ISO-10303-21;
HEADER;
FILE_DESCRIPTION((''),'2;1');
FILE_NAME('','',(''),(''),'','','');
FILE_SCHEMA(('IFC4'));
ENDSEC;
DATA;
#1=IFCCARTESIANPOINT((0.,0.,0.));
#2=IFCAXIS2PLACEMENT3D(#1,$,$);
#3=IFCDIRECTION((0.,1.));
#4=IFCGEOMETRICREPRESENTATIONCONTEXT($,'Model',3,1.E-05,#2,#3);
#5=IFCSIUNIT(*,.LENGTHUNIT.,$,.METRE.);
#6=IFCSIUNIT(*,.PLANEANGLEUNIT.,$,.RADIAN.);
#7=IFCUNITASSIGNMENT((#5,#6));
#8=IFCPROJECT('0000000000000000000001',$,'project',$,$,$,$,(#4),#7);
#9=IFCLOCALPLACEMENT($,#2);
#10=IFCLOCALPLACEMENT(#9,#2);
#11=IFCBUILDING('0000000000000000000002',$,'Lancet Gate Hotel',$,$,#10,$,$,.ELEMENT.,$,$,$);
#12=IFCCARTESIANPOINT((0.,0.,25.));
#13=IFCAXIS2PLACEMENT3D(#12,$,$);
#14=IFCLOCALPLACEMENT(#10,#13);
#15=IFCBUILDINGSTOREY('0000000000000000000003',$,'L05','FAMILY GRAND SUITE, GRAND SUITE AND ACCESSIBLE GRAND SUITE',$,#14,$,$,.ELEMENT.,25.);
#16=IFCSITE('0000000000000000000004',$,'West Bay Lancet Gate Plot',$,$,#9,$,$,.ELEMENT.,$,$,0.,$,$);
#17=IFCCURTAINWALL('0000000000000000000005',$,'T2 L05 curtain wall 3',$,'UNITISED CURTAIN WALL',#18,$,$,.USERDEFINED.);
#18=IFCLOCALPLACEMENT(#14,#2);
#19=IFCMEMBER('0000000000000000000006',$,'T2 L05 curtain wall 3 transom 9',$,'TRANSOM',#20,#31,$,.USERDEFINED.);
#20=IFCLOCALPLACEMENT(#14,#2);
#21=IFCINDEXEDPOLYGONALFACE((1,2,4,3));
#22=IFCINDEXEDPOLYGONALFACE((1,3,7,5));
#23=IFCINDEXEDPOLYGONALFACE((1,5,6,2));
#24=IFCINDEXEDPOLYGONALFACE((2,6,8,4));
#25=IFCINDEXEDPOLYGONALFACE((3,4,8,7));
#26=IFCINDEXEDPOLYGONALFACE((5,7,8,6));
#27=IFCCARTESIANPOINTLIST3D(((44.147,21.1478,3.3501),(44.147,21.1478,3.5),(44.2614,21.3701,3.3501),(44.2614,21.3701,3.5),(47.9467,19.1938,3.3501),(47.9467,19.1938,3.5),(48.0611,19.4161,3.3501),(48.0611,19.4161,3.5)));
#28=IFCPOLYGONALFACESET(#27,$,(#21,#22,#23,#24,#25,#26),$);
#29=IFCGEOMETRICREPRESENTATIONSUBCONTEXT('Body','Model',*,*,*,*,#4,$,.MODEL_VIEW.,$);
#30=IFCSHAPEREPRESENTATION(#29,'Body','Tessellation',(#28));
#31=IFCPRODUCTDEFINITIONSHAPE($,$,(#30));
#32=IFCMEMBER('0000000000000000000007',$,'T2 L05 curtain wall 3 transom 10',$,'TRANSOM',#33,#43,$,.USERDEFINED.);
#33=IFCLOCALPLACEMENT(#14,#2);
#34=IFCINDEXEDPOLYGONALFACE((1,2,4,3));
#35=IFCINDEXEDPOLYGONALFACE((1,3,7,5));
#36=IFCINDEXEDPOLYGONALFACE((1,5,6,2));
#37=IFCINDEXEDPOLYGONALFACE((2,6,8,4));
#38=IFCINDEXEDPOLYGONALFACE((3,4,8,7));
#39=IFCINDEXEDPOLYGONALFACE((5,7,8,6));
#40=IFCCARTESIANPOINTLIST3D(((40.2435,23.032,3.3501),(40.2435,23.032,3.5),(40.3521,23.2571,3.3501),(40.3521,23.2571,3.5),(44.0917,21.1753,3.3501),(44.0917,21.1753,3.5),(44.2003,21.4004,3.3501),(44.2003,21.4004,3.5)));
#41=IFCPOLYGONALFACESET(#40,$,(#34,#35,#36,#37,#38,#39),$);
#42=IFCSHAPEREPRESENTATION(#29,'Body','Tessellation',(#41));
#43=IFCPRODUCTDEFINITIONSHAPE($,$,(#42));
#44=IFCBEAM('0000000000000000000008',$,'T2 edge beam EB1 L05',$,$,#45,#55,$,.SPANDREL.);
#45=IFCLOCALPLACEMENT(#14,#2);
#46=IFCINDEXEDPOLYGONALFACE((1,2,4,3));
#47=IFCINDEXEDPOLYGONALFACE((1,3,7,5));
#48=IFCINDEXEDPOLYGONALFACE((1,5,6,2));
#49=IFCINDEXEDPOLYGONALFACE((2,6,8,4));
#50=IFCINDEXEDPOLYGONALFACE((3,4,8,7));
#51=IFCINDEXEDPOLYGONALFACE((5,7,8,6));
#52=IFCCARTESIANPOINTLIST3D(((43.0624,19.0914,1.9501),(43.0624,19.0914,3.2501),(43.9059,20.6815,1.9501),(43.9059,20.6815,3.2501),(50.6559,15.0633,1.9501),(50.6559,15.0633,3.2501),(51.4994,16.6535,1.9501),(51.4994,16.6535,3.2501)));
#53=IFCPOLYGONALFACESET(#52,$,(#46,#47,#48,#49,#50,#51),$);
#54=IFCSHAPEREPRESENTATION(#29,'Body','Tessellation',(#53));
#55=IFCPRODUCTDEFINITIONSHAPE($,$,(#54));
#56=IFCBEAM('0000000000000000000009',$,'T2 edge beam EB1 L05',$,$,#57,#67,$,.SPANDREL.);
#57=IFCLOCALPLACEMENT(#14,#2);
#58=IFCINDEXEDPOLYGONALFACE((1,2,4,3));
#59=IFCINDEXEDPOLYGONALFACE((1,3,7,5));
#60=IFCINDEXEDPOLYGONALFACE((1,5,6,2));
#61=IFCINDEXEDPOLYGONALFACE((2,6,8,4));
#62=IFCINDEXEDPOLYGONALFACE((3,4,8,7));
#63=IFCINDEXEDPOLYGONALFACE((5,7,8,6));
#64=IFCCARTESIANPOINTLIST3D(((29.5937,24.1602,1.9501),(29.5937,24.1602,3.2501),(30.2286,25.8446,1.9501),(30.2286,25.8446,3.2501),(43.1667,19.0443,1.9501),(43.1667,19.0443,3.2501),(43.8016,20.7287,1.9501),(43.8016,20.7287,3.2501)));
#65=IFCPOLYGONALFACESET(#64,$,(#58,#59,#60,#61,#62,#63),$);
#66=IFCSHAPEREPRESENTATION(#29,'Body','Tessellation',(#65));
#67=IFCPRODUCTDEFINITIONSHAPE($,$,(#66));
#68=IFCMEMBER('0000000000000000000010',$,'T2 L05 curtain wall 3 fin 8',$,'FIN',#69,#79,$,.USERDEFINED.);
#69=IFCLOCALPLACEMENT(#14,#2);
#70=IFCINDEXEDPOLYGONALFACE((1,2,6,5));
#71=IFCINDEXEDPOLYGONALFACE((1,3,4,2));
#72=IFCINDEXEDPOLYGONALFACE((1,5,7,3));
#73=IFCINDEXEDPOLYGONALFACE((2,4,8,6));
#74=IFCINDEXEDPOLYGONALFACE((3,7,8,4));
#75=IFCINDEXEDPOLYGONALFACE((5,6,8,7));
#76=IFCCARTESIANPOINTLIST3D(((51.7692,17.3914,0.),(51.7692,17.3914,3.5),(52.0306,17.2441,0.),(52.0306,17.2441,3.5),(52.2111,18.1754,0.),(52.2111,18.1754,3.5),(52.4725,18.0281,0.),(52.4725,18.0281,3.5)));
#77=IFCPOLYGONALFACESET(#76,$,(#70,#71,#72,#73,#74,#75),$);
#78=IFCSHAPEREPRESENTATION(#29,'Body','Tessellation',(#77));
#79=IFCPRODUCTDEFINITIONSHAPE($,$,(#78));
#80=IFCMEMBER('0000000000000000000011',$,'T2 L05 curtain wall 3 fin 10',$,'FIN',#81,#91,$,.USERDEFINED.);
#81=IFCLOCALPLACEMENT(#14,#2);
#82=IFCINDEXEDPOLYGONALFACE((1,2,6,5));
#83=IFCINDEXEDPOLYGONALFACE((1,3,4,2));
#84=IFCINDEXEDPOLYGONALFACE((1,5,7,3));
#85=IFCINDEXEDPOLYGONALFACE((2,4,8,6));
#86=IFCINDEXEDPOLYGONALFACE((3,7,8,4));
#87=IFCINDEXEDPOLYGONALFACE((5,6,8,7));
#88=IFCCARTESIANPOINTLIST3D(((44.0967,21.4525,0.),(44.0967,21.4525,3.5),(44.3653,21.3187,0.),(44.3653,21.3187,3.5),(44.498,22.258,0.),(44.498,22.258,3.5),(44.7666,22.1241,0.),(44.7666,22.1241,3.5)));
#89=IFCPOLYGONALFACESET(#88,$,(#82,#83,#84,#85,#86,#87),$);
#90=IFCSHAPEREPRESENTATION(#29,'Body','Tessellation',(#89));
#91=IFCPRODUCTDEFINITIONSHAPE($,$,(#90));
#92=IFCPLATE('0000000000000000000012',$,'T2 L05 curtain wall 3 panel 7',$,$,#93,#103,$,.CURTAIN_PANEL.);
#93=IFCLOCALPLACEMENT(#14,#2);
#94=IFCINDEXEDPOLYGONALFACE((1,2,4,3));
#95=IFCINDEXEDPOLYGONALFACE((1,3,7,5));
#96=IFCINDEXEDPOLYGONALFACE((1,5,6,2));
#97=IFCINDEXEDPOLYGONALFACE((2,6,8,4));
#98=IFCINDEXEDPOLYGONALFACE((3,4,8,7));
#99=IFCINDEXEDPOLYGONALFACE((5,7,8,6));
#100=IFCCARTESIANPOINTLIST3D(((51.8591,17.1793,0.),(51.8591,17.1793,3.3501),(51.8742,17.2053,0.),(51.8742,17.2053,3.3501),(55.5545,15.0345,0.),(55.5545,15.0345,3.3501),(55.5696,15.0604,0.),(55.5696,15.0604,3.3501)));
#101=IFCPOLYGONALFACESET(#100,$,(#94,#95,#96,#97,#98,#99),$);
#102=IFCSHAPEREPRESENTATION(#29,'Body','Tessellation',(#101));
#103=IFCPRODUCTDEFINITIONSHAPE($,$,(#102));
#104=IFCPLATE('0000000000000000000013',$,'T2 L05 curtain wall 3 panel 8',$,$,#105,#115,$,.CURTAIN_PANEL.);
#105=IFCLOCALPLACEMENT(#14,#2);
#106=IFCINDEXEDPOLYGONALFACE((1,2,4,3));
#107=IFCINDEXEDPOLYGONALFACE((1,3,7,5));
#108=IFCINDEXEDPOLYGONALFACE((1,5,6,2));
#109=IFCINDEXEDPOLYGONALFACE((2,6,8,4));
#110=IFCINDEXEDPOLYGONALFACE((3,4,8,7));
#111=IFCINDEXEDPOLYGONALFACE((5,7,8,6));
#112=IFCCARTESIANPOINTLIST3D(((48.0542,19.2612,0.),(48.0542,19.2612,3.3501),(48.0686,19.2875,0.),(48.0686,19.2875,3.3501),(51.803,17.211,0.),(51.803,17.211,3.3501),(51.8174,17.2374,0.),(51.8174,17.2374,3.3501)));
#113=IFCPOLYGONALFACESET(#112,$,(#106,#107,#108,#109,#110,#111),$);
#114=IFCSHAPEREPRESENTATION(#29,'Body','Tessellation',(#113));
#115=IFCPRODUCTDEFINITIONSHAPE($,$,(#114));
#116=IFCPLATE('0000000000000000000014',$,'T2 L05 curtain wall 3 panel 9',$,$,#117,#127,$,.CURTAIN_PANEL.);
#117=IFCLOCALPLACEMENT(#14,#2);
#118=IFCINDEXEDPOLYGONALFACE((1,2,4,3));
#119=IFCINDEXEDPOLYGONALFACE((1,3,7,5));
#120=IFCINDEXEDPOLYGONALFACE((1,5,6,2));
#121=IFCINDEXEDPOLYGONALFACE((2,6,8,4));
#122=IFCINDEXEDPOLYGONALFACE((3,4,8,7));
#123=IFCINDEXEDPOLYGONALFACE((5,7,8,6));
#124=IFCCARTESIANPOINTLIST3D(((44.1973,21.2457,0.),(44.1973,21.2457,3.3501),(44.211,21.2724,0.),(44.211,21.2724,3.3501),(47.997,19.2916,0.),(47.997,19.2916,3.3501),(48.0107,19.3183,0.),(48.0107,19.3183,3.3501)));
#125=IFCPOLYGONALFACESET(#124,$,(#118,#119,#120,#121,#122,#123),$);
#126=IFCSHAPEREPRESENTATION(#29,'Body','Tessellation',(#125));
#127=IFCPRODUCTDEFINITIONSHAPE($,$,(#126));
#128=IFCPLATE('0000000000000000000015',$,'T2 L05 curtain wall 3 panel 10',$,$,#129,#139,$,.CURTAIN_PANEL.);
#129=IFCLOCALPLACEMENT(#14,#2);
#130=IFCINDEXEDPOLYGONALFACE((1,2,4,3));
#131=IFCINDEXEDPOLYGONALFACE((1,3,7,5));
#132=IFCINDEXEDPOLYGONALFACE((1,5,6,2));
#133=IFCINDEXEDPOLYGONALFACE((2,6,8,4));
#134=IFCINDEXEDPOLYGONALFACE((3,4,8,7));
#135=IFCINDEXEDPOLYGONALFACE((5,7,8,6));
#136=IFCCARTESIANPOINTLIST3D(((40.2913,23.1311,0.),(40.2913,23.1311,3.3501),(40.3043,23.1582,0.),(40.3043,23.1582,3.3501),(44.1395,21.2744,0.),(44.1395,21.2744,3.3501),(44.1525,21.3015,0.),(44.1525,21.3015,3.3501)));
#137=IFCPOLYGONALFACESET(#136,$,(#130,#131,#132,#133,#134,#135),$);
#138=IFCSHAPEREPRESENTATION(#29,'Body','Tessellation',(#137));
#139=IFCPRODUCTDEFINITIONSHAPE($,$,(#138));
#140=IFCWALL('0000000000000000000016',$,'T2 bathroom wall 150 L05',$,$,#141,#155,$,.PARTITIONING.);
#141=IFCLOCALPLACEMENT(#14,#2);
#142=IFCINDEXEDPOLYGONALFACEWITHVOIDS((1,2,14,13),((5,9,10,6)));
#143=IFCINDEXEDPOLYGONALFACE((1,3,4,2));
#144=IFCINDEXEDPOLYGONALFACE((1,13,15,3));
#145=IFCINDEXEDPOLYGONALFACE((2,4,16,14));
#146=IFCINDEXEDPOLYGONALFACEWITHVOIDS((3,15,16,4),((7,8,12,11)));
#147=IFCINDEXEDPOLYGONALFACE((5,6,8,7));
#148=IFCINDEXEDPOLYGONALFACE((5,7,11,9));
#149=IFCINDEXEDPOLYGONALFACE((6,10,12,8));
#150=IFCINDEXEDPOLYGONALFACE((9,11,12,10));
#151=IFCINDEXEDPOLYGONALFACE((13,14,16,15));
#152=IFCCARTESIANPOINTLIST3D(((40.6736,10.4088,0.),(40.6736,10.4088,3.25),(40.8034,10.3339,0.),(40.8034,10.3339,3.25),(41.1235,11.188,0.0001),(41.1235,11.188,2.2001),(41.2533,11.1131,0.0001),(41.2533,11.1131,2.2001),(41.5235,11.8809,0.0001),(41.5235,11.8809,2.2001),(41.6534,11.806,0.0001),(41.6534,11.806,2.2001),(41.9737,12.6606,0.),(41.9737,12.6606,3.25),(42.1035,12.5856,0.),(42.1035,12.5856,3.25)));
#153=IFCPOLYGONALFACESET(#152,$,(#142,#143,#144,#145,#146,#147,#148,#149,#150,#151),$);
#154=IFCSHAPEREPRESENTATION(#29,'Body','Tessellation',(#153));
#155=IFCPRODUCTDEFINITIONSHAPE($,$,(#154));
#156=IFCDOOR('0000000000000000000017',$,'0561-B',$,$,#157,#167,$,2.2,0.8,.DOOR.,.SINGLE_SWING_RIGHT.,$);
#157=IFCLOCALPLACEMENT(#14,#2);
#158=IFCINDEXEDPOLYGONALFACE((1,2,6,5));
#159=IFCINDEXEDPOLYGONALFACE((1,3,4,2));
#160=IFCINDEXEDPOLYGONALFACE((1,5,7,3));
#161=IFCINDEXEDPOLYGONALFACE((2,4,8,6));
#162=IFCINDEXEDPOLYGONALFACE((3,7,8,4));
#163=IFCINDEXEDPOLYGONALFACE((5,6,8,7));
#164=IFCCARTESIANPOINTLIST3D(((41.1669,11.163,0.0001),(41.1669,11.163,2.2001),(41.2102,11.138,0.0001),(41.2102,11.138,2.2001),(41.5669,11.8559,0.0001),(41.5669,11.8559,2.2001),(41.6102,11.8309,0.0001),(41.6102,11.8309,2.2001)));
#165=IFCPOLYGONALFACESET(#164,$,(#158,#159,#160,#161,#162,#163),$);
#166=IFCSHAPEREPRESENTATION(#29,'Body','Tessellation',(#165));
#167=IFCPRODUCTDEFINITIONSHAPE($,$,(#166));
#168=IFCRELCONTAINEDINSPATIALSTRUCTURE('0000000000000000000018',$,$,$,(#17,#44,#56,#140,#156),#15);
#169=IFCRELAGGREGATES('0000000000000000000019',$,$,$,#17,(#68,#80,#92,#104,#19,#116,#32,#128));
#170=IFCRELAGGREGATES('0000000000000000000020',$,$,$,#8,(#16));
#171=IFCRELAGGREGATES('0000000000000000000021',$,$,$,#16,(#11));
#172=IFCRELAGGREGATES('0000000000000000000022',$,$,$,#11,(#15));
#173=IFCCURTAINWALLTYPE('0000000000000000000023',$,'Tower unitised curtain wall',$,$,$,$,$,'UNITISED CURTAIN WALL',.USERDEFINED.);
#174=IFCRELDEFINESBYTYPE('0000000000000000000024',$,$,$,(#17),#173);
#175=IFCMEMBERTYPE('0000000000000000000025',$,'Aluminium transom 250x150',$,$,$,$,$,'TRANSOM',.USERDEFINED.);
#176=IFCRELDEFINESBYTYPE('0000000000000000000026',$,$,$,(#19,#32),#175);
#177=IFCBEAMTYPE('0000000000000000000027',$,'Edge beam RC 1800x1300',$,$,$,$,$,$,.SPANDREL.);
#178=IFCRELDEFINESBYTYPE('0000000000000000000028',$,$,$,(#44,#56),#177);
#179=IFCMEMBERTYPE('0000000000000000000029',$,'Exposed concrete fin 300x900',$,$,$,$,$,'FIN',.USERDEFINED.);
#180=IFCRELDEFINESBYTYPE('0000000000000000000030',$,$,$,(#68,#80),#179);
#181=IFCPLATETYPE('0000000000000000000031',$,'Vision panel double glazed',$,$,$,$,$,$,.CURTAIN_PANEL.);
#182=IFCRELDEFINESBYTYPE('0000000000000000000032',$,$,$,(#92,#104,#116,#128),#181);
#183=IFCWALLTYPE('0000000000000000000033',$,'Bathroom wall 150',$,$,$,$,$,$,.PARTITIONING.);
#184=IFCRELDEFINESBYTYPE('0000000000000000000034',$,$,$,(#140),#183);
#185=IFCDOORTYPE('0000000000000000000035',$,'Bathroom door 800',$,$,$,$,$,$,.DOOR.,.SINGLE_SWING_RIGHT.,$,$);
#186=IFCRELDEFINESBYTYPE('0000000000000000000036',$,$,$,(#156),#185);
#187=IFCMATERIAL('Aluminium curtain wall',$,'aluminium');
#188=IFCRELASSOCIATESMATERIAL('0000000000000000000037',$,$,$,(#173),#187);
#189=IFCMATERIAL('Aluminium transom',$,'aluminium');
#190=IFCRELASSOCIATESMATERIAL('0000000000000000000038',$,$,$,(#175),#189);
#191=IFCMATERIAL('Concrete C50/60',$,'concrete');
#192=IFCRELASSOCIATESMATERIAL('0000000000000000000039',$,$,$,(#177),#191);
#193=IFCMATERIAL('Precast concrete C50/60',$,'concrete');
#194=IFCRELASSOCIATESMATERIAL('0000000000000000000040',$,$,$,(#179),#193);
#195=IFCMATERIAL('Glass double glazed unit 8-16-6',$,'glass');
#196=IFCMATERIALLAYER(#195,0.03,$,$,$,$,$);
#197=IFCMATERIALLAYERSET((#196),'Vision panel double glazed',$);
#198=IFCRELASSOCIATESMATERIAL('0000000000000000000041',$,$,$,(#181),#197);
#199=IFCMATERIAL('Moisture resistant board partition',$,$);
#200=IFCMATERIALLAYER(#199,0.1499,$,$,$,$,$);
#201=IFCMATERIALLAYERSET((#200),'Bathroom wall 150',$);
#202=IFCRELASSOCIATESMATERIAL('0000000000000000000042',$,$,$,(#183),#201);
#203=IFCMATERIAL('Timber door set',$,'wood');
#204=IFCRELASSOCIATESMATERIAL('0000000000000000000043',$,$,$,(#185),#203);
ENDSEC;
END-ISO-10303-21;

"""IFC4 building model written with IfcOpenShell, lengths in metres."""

from ifc_helpers import new_model, si_unit, direction, frame, frame_2d, origin, origin_2d, place, context, subcontext, project, spatial, rectangle, extrude, material, layer, layer_set, material_profile, profile_set, type_object, element, fill, aggregate, save


model = new_model("IFC4")

# Units and contexts
model_context = context("Model", 3, precision=1e-05, world=origin(), true_north=direction((0.0, 1.0)))
body_context = subcontext(model_context, "Body", "Model", "MODEL_VIEW")
ifc_project = project(units=[si_unit("LENGTHUNIT", "METRE"), si_unit("PLANEANGLEUNIT", "RADIAN")], contexts=[model_context])

# Site, building, storey
site_placement = place(None, origin())
site = spatial("IfcSite", under=ifc_project, at=site_placement, Name="West Bay Lancet Gate Plot", CompositionType="ELEMENT", RefElevation=0.0)
building_placement = place(site_placement, origin())
building = spatial("IfcBuilding", under=site, at=building_placement, Name="Lancet Gate Hotel", CompositionType="ELEMENT")
storey_placement = place(building_placement, frame((0.0, 0.0, 25.0)))
storey = spatial("IfcBuildingStorey", under=building, at=storey_placement, Name="L05", Description="FAMILY GRAND SUITE, GRAND SUITE AND ACCESSIBLE GRAND SUITE", CompositionType="ELEMENT", Elevation=25.0)

# Curtain wall, members
ifc_material_1 = material(Name="Aluminium curtain wall", Category="aluminium")
curtain_wall_type = type_object("IfcCurtainWallType", Name="Tower unitised curtain wall", ElementType="UNITISED CURTAIN WALL", PredefinedType="USERDEFINED", material=ifc_material_1)
curtain_wall_placement = place(storey_placement, origin())
curtain_wall = element("IfcCurtainWall", 1, at=curtain_wall_placement, inside=storey, type_object=curtain_wall_type, Name="T2 L05 curtain wall 3", ObjectType="UNITISED CURTAIN WALL", PredefinedType="USERDEFINED")
ifc_material_2 = material(Name="Aluminium transom", Category="aluminium")
ifc_material_profile_1 = material_profile(ifc_material_2, rectangle(XDim=0.25, YDim=0.1499, at=origin_2d()), Name="TRANSOM 250x150")
ifc_profile_set_1 = profile_set([ifc_material_profile_1], Name="Aluminium transom")
member_type_1 = type_object("IfcMemberType", Name="Aluminium transom 250x150", ElementType="TRANSOM", PredefinedType="USERDEFINED", material=ifc_profile_set_1)
member_1_placement = place(storey_placement, frame((48.0039, 19.3049, 3.425), z_axis=(-0.889296, 0.457333, 0.0), x_axis=(-0.457333, -0.889296, 0.0)))
member_1 = element("IfcMember", 2, at=member_1_placement, type_object=member_type_1, Name="T2 L05 curtain wall 3 transom 9", ObjectType="TRANSOM", PredefinedType="USERDEFINED", context=body_context, shape_type="SweptSolid", body=[
    extrude(rectangle(XDim=0.25, YDim=0.1499, at=origin_2d()), origin(), (0.0, 0.0, 1.0), 4.2727),
])
member_2_placement = place(storey_placement, frame((44.146, 21.2878, 3.425), z_axis=(-0.900646, 0.434553, 0.0), x_axis=(-0.434553, -0.900646, 0.0)))
member_2 = element("IfcMember", 3, at=member_2_placement, type_object=member_type_1, Name="T2 L05 curtain wall 3 transom 10", ObjectType="TRANSOM", PredefinedType="USERDEFINED", context=body_context, shape_type="SweptSolid", body=[
    extrude(rectangle(XDim=0.25, YDim=0.1499, at=origin_2d()), origin(), (0.0, 0.0, 1.0), 4.2727),
])

# Beams
ifc_material_3 = material(Name="Concrete C50/60", Category="concrete")
ifc_material_profile_2 = material_profile(ifc_material_3, rectangle(XDim=1.8, YDim=1.3, at=origin_2d()), Name="RC 1800x1300")
ifc_profile_set_2 = profile_set([ifc_material_profile_2], Name="Concrete C50/60")
beam_type = type_object("IfcBeamType", Name="Edge beam RC 1800x1300", PredefinedType="SPANDREL", material=ifc_profile_set_2)
beam_1_placement = place(storey_placement, frame((51.0776, 15.8584, 2.6001), z_axis=(-0.883403, 0.468613, 0.0), x_axis=(-0.468613, -0.883403, 0.0)))
element("IfcBeam", 4, at=beam_1_placement, inside=storey, type_object=beam_type, Name="T2 edge beam EB1 L05", PredefinedType="SPANDREL", context=body_context, shape_type="SweptSolid", body=[
    extrude(rectangle(XDim=1.8, YDim=1.3, at=origin_2d()), origin(), (0.0, 0.0, 1.0), 8.5957),
])
beam_2_placement = place(storey_placement, frame((43.4841, 19.8865, 2.6001), z_axis=(-0.935736, 0.3527, 0.0), x_axis=(-0.3527, -0.935736, 0.0)))
element("IfcBeam", 5, at=beam_2_placement, inside=storey, type_object=beam_type, Name="T2 edge beam EB1 L05", PredefinedType="SPANDREL", context=body_context, shape_type="SweptSolid", body=[
    extrude(rectangle(XDim=1.8, YDim=1.3, at=origin_2d()), origin(), (0.0, 0.0, 1.0), 14.5051),
])

# Members
ifc_material_4 = material(Name="Precast concrete C50/60", Category="concrete")
ifc_material_profile_3 = material_profile(ifc_material_4, rectangle(XDim=0.3, YDim=0.8999, at=origin_2d()), Name="FIN 300x900")
ifc_profile_set_3 = profile_set([ifc_material_profile_3], Name="Precast concrete C50/60")
member_type_2 = type_object("IfcMemberType", Name="Exposed concrete fin 300x900", ElementType="FIN", PredefinedType="USERDEFINED", material=ifc_profile_set_3)
member_3_placement = place(storey_placement, frame((52.1208, 17.7097, 0.0), z_axis=(0.0, 0.0, 1.0), x_axis=(-0.87119, 0.490945, 0.0)))
member_3 = element("IfcMember", 6, at=member_3_placement, type_object=member_type_2, Name="T2 L05 curtain wall 3 fin 8", ObjectType="FIN", PredefinedType="USERDEFINED", context=body_context, shape_type="SweptSolid", body=[
    extrude(rectangle(XDim=0.3, YDim=0.8999, at=origin_2d()), origin(), (0.0, 0.0, 1.0), 3.5),
])
member_4_placement = place(storey_placement, frame((44.4316, 21.7883, 0.0), z_axis=(0.0, 0.0, 1.0), x_axis=(-0.895044, 0.445978, 0.0)))
member_4 = element("IfcMember", 7, at=member_4_placement, type_object=member_type_2, Name="T2 L05 curtain wall 3 fin 10", ObjectType="FIN", PredefinedType="USERDEFINED", context=body_context, shape_type="SweptSolid", body=[
    extrude(rectangle(XDim=0.3, YDim=0.8999, at=origin_2d()), origin(), (0.0, 0.0, 1.0), 3.5),
])

# Plates
ifc_material_5 = material(Name="Glass double glazed unit 8-16-6", Category="glass")
ifc_layer_1 = layer(ifc_material_5, 0.03)
ifc_layer_set_1 = layer_set([ifc_layer_1], Name="Vision panel double glazed")
plate_type = type_object("IfcPlateType", Name="Vision panel double glazed", PredefinedType="CURTAIN_PANEL", material=ifc_layer_set_1)
plate_1_placement = place(storey_placement, frame((53.7144, 16.1199, 0.0), z_axis=(0.0, 0.0, 1.0), x_axis=(-0.864872, 0.501993, 0.0)))
plate_1 = element("IfcPlate", 8, at=plate_1_placement, type_object=plate_type, Name="T2 L05 curtain wall 3 panel 7", PredefinedType="CURTAIN_PANEL", context=body_context, shape_type="SweptSolid", body=[
    extrude(rectangle(XDim=4.2727, YDim=0.03, at=origin_2d()), origin(), (0.0, 0.0, 1.0), 3.3501),
])
plate_2_placement = place(storey_placement, frame((49.9358, 18.2493, 0.0), z_axis=(0.0, 0.0, 1.0), x_axis=(-0.877368, 0.479818, 0.0)))
plate_2 = element("IfcPlate", 9, at=plate_2_placement, type_object=plate_type, Name="T2 L05 curtain wall 3 panel 8", PredefinedType="CURTAIN_PANEL", context=body_context, shape_type="SweptSolid", body=[
    extrude(rectangle(XDim=4.2727, YDim=0.03, at=origin_2d()), origin(), (0.0, 0.0, 1.0), 3.3501),
])
plate_3_placement = place(storey_placement, frame((46.104, 20.282, 0.0), z_axis=(0.0, 0.0, 1.0), x_axis=(-0.889296, 0.457332, 0.0)))
plate_3 = element("IfcPlate", 10, at=plate_3_placement, type_object=plate_type, Name="T2 L05 curtain wall 3 panel 9", PredefinedType="CURTAIN_PANEL", context=body_context, shape_type="SweptSolid", body=[
    extrude(rectangle(XDim=4.2727, YDim=0.03, at=origin_2d()), origin(), (0.0, 0.0, 1.0), 3.3501),
])
plate_4_placement = place(storey_placement, frame((42.2219, 22.2163, 0.0), z_axis=(0.0, 0.0, 1.0), x_axis=(-0.900647, 0.43455, 0.0)))
plate_4 = element("IfcPlate", 11, at=plate_4_placement, type_object=plate_type, Name="T2 L05 curtain wall 3 panel 10", PredefinedType="CURTAIN_PANEL", context=body_context, shape_type="SweptSolid", body=[
    extrude(rectangle(XDim=4.2727, YDim=0.03, at=origin_2d()), origin(), (0.0, 0.0, 1.0), 3.3501),
])
aggregate(curtain_wall, [member_3, member_4, plate_1, plate_2, member_1, plate_3, member_2, plate_4])

# Wall, opening, door
ifc_material_6 = material(Name="Moisture resistant board partition")
ifc_layer_2 = layer(ifc_material_6, 0.1499)
ifc_layer_set_2 = layer_set([ifc_layer_2], Name="Bathroom wall 150")
wall_type = type_object("IfcWallType", Name="Bathroom wall 150", PredefinedType="PARTITIONING", material=ifc_layer_set_2)
wall_placement = place(storey_placement, frame((40.7385, 10.3713, 0.0), z_axis=(0.0, 0.0, 1.0), x_axis=(0.500007, 0.866021, 0.0)))
wall = element("IfcWall", 12, at=wall_placement, inside=storey, type_object=wall_type, Name="T2 bathroom wall 150 L05", PredefinedType="PARTITIONING", context=body_context, shape_type="SweptSolid", body=[
    extrude(rectangle(XDim=2.6001, YDim=0.1499, at=frame_2d((1.3, 0.0))), origin(), (0.0, 0.0, 1.0), 3.25),
])
opening_placement = place(wall_placement, frame((0.8999, 0.0, 0.0)))
opening = element("IfcOpeningElement", 13, at=opening_placement, cuts=wall, PredefinedType="OPENING", context=body_context, shape_type="SweptSolid", body=[
    extrude(rectangle(XDim=0.8, YDim=2.2, at=frame_2d((0.3999, 1.1001))), frame((0.0, 0.085, 0.0), z_axis=(0.0, -1.0, 0.0), x_axis=(1.0, 0.0, 0.0)), (0.0, 0.0, 1.0), 0.1699),
])
ifc_material_7 = material(Name="Timber door set", Category="wood")
door_type = type_object("IfcDoorType", Name="Bathroom door 800", OperationType="SINGLE_SWING_RIGHT", PredefinedType="DOOR", material=ifc_material_7)
door_placement = place(opening_placement, origin())
door = element("IfcDoor", 14, at=door_placement, inside=storey, type_object=door_type, Name="0561-B", OperationType="SINGLE_SWING_RIGHT", OverallHeight=2.2, OverallWidth=0.8, PredefinedType="DOOR", context=body_context, shape_type="SweptSolid", body=[
    extrude(rectangle(XDim=0.8, YDim=2.2, at=frame_2d((0.3999, 1.1001))), frame((0.0, 0.0249, 0.0), z_axis=(0.0, -1.0, 0.0), x_axis=(1.0, 0.0, 0.0)), (0.0, 0.0, 1.0), 0.05),
])
fill(opening, door)

save(model, "model.ifc")
